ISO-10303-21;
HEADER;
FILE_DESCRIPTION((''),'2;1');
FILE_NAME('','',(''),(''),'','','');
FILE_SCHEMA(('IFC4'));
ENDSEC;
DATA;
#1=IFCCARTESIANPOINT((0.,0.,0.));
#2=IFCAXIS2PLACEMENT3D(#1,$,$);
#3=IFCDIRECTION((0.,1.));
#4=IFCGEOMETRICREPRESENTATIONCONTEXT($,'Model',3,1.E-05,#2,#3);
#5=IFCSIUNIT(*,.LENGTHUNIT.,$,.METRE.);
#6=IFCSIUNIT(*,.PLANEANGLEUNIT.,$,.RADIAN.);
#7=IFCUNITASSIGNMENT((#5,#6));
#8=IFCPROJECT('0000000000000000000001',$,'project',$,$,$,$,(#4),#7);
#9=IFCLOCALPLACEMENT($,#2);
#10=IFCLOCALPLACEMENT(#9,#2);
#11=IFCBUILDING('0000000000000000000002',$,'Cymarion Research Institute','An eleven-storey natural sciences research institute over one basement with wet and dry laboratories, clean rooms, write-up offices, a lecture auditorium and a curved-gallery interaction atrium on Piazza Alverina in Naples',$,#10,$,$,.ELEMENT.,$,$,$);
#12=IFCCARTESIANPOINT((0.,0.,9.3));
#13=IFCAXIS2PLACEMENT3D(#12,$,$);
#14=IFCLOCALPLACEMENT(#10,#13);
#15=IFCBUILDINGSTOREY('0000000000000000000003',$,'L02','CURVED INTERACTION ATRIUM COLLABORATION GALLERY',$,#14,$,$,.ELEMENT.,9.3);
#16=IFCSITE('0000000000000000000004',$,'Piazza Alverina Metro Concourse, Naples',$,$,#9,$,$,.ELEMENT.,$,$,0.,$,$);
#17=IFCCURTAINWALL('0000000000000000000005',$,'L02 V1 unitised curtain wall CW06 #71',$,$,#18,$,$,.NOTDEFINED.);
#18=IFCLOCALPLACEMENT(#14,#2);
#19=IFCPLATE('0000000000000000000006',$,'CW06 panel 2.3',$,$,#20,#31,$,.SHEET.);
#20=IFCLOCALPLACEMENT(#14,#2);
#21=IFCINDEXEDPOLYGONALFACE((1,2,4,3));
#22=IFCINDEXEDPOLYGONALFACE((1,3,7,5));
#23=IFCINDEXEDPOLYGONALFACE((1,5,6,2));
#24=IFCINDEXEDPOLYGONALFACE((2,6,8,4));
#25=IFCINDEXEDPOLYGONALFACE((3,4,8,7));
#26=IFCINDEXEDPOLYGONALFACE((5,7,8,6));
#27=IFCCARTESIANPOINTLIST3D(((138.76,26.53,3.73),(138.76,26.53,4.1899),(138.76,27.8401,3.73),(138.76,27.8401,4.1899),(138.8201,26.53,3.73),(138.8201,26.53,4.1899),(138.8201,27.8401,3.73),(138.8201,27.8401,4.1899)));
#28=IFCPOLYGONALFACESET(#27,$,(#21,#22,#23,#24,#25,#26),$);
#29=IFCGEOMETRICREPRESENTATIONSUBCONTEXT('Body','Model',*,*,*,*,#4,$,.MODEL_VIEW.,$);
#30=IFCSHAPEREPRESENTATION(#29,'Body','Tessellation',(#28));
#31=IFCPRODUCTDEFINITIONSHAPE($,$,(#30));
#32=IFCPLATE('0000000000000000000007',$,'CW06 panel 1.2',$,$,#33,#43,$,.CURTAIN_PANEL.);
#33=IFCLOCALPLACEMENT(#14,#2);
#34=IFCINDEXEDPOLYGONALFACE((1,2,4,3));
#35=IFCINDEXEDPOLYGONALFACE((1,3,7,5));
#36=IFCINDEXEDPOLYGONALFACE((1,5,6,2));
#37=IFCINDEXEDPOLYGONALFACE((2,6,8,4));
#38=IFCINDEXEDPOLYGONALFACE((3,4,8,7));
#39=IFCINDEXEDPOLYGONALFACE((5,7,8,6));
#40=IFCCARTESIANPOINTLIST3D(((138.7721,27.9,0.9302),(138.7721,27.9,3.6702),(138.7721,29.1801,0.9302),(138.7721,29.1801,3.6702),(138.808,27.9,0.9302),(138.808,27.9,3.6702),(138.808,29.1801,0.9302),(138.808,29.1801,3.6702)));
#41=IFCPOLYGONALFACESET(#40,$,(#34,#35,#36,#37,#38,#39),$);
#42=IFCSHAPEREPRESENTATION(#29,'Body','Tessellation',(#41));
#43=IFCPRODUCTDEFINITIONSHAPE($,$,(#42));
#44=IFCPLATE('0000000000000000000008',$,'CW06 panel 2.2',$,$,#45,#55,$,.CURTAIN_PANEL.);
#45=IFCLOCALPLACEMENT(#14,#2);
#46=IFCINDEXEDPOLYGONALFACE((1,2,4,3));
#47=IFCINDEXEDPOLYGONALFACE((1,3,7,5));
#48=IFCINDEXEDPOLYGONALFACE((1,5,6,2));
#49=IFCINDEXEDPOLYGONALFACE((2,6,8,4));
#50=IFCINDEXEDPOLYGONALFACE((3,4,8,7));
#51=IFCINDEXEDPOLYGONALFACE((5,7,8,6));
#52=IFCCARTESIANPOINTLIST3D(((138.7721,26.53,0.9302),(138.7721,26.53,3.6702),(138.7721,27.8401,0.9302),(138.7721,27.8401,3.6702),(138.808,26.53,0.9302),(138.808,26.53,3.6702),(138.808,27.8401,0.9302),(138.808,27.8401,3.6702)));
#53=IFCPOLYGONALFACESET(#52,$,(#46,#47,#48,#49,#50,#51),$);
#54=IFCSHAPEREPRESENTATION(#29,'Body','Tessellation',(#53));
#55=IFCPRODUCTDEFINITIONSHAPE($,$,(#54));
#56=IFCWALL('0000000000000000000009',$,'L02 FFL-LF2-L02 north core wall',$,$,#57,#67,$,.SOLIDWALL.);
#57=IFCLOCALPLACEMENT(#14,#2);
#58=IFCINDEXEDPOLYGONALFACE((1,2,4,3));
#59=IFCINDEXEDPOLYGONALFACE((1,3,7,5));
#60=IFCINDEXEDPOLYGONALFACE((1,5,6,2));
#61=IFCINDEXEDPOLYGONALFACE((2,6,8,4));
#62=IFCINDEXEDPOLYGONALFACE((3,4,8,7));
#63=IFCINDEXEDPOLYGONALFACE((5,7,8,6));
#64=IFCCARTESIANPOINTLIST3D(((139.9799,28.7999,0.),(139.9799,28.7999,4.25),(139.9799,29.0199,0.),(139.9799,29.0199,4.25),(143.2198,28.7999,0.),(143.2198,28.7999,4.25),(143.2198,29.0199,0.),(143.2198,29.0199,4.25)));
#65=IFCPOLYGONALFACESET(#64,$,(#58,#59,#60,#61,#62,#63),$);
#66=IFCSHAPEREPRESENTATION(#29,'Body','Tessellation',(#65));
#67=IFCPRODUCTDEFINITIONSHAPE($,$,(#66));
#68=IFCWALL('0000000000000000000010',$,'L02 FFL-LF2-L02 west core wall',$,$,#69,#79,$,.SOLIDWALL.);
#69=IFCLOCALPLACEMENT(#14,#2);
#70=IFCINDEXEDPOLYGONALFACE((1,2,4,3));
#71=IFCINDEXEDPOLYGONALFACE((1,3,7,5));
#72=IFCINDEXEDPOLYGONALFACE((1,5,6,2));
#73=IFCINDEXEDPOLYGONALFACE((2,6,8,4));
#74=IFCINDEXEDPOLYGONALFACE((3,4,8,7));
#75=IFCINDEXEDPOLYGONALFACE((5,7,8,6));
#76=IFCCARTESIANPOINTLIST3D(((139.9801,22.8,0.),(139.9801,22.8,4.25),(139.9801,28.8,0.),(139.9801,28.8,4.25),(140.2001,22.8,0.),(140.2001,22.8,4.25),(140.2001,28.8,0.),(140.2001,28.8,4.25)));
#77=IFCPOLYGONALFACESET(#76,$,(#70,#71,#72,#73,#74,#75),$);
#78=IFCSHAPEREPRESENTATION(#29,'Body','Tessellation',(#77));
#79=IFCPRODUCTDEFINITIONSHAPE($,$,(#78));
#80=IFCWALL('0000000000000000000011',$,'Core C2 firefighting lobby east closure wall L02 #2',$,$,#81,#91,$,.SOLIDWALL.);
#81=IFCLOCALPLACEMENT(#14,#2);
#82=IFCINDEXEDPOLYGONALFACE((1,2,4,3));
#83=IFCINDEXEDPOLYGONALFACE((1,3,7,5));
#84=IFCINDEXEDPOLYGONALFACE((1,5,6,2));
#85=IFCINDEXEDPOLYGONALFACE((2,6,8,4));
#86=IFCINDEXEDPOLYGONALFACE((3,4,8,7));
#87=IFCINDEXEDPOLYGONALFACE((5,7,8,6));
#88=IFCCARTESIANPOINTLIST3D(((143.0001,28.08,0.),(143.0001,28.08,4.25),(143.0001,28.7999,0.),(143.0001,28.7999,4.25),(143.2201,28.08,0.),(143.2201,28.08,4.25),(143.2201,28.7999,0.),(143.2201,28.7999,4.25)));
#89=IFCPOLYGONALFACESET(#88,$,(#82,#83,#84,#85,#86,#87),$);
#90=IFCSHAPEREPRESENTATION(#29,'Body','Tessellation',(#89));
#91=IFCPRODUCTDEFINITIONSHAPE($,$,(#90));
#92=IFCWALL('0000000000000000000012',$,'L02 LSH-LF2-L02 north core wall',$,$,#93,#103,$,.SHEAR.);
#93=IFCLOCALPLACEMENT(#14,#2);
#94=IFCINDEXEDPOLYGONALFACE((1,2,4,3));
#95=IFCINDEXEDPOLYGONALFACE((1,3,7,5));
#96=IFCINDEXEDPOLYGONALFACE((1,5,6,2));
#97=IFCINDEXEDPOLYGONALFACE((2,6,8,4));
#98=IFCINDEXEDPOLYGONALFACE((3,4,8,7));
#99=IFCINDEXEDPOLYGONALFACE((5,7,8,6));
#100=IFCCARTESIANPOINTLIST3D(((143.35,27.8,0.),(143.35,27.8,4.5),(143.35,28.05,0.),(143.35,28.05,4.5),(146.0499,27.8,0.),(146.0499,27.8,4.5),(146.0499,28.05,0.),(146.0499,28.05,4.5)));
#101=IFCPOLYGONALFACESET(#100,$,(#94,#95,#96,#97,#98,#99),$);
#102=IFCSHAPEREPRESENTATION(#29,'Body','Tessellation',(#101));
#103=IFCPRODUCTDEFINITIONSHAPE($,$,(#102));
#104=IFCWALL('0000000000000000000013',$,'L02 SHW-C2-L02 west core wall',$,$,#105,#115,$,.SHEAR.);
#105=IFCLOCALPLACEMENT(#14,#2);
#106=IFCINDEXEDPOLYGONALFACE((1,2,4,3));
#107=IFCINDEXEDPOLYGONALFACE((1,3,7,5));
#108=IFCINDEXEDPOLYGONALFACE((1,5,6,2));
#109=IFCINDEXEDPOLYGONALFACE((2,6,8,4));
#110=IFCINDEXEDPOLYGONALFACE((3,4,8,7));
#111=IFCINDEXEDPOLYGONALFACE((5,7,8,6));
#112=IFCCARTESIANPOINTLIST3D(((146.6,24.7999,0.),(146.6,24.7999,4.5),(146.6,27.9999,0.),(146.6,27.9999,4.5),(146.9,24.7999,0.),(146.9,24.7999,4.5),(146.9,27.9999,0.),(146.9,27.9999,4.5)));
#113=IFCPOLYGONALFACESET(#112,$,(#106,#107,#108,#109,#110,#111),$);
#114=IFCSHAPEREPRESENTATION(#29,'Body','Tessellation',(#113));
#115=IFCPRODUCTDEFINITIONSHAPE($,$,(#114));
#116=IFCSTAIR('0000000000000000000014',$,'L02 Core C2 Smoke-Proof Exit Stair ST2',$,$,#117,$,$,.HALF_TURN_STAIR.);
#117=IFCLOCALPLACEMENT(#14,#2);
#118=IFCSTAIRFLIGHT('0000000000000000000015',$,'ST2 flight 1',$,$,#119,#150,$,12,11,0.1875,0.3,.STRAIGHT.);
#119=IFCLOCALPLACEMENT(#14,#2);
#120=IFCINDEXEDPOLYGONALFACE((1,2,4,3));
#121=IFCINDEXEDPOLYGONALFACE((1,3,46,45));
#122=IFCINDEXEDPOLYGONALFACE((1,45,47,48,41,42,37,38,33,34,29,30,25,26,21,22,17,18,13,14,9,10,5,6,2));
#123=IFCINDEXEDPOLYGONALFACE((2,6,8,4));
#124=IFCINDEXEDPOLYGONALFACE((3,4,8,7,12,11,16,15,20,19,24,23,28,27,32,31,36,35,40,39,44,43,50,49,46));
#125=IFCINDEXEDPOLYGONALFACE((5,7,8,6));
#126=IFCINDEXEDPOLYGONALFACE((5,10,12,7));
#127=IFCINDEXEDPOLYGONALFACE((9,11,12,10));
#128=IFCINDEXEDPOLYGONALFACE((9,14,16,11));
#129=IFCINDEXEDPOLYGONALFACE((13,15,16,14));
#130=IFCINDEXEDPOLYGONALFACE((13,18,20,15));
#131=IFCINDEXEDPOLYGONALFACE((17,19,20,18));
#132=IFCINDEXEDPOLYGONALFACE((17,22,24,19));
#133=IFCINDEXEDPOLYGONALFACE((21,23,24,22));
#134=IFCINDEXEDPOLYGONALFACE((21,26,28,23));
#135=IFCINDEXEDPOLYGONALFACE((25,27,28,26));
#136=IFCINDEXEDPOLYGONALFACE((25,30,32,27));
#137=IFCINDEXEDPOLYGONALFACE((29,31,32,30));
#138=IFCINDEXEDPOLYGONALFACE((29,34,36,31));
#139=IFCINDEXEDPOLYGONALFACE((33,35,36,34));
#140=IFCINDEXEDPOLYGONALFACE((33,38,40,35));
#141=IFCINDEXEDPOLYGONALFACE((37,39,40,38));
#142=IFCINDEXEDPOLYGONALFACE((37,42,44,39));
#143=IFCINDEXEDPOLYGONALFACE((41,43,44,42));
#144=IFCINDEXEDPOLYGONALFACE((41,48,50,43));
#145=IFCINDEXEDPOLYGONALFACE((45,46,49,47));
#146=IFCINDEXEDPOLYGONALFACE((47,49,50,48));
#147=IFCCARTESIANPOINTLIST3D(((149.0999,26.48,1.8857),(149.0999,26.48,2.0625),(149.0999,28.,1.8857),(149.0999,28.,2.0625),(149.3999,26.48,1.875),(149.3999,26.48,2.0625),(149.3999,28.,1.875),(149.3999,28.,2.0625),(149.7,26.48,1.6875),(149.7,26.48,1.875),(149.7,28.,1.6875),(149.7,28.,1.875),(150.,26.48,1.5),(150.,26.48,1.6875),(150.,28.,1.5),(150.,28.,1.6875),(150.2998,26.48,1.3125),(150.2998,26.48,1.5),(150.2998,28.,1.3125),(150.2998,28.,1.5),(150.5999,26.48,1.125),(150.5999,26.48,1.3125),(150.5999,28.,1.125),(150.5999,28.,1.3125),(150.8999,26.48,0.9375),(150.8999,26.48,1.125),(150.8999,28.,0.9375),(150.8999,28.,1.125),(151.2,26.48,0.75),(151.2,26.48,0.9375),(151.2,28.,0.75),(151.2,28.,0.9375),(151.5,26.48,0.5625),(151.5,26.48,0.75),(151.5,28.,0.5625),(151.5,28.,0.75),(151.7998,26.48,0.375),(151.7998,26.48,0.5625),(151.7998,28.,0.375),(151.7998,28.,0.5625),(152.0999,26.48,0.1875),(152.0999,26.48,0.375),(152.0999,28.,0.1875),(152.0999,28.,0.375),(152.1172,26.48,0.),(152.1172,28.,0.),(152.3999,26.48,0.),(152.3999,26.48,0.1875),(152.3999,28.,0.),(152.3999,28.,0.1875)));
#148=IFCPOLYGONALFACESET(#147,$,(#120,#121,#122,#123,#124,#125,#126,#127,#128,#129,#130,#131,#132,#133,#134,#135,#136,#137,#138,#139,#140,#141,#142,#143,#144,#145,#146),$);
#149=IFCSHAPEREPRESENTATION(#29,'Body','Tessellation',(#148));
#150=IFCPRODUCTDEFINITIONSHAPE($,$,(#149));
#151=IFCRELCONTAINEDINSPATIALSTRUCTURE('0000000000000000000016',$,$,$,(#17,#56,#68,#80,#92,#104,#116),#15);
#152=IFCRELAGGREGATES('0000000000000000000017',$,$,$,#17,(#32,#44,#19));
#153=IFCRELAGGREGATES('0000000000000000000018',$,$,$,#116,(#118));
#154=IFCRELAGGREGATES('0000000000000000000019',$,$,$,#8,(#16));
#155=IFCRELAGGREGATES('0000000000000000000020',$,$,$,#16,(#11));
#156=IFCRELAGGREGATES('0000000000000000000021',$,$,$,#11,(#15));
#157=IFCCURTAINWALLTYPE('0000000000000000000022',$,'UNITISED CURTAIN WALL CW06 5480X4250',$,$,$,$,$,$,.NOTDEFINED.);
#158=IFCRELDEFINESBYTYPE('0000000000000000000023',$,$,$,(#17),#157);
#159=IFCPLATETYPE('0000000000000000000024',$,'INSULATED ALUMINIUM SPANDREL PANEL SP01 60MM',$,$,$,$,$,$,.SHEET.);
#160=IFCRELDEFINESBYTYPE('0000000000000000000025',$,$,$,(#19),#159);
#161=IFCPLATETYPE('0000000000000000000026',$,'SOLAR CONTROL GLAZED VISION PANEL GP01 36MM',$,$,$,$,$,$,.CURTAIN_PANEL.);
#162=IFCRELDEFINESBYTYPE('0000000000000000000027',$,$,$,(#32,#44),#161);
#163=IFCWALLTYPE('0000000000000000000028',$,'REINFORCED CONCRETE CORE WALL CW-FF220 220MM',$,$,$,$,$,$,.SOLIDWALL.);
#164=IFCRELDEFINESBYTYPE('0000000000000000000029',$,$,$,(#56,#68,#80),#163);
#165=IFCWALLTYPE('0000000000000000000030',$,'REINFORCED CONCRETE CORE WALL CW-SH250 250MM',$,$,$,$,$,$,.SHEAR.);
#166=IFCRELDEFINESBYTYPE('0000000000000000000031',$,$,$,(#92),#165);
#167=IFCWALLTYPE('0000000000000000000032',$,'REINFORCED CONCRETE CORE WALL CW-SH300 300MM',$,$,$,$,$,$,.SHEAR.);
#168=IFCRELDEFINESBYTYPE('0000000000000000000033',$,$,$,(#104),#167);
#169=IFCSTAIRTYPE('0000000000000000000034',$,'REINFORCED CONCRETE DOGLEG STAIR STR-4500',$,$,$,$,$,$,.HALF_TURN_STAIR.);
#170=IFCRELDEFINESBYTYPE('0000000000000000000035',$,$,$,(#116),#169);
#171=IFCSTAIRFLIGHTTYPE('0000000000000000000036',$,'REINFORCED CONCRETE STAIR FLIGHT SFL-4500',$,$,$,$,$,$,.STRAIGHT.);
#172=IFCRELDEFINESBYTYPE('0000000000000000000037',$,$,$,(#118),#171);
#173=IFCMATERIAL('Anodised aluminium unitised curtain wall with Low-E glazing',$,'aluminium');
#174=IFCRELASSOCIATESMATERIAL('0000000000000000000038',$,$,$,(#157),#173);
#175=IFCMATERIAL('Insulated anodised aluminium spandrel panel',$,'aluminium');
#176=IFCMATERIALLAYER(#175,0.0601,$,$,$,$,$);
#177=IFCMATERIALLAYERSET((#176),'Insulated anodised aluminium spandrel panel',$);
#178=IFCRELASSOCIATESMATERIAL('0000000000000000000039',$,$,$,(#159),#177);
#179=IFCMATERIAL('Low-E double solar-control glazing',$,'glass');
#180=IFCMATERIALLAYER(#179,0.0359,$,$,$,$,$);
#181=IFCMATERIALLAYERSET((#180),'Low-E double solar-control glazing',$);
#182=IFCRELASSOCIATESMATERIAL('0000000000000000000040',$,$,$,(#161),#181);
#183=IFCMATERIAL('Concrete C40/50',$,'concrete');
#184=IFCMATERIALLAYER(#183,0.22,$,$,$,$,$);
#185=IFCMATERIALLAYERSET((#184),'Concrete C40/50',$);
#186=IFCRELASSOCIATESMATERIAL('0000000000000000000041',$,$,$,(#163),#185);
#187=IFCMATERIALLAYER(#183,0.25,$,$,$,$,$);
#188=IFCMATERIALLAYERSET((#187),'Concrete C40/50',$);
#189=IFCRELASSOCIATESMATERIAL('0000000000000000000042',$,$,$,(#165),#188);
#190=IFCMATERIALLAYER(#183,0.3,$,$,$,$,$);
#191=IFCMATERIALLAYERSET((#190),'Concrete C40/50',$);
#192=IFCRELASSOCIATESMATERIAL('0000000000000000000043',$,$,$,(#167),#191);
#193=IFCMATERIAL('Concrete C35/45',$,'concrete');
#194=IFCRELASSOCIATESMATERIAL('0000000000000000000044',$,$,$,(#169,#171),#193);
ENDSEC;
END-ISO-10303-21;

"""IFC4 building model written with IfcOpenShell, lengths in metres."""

from ifc_helpers import new_model, si_unit, direction, frame, frame_2d, origin, origin_2d, place, context, subcontext, project, spatial, polyline, rectangle, outline, extrude, material, layer, layer_set, type_object, element, aggregate, save


model = new_model("IFC4")

# Units and contexts
model_context = context("Model", 3, precision=1e-05, world=origin(), true_north=direction((0.0, 1.0)))
body_context = subcontext(model_context, "Body", "Model", "MODEL_VIEW")
ifc_project = project(units=[si_unit("LENGTHUNIT", "METRE"), si_unit("PLANEANGLEUNIT", "RADIAN")], contexts=[model_context])

# Site, building, storey
site_placement = place(None, origin())
site = spatial("IfcSite", under=ifc_project, at=site_placement, Name="Piazza Alverina Metro Concourse, Naples", CompositionType="ELEMENT", RefElevation=0.0)
building_placement = place(site_placement, origin())
building = spatial("IfcBuilding", under=site, at=building_placement, Name="Cymarion Research Institute", Description="An eleven-storey natural sciences research institute over one basement with wet and dry laboratories, clean rooms, write-up offices, a lecture auditorium and a curved-gallery interaction atrium on Piazza Alverina in Naples", CompositionType="ELEMENT")
storey_placement = place(building_placement, frame((0.0, 0.0, 9.3)))
storey = spatial("IfcBuildingStorey", under=building, at=storey_placement, Name="L02", Description="CURVED INTERACTION ATRIUM COLLABORATION GALLERY", CompositionType="ELEMENT", Elevation=9.3)

# Curtain wall, plates
ifc_material_1 = material(Name="Anodised aluminium unitised curtain wall with Low-E glazing", Category="aluminium")
curtain_wall_type = type_object("IfcCurtainWallType", Name="UNITISED CURTAIN WALL CW06 5480X4250", PredefinedType="NOTDEFINED", material=ifc_material_1)
curtain_wall_placement = place(storey_placement, origin())
curtain_wall = element("IfcCurtainWall", 1, at=curtain_wall_placement, inside=storey, type_object=curtain_wall_type, Name="L02 V1 unitised curtain wall CW06 #71", PredefinedType="NOTDEFINED")
ifc_material_2 = material(Name="Insulated anodised aluminium spandrel panel", Category="aluminium")
ifc_layer_1 = layer(ifc_material_2, 0.0601)
ifc_layer_set_1 = layer_set([ifc_layer_1], Name="Insulated anodised aluminium spandrel panel")
plate_type_1 = type_object("IfcPlateType", Name="INSULATED ALUMINIUM SPANDREL PANEL SP01 60MM", PredefinedType="SHEET", material=ifc_layer_set_1)
plate_1_placement = place(storey_placement, frame((138.79, 27.1851, 3.73), z_axis=(0.0, 0.0, 1.0), x_axis=(0.0, -1.0, 0.0)))
plate_1 = element("IfcPlate", 2, at=plate_1_placement, type_object=plate_type_1, Name="CW06 panel 2.3", PredefinedType="SHEET", context=body_context, shape_type="SweptSolid", body=[
    extrude(rectangle(XDim=1.3101, YDim=0.0601, at=origin_2d()), origin(), (0.0, 0.0, 1.0), 0.46),
])
ifc_material_3 = material(Name="Low-E double solar-control glazing", Category="glass")
ifc_layer_2 = layer(ifc_material_3, 0.0359)
ifc_layer_set_2 = layer_set([ifc_layer_2], Name="Low-E double solar-control glazing")
plate_type_2 = type_object("IfcPlateType", Name="SOLAR CONTROL GLAZED VISION PANEL GP01 36MM", PredefinedType="CURTAIN_PANEL", material=ifc_layer_set_2)
plate_2_placement = place(storey_placement, frame((138.79, 28.54, 0.9302), z_axis=(0.0, 0.0, 1.0), x_axis=(0.0, -1.0, 0.0)))
plate_2 = element("IfcPlate", 3, at=plate_2_placement, type_object=plate_type_2, Name="CW06 panel 1.2", PredefinedType="CURTAIN_PANEL", context=body_context, shape_type="SweptSolid", body=[
    extrude(rectangle(XDim=1.28, YDim=0.0359, at=origin_2d()), origin(), (0.0, 0.0, 1.0), 2.74),
])
plate_3_placement = place(storey_placement, frame((138.79, 27.1851, 0.9302), z_axis=(0.0, 0.0, 1.0), x_axis=(0.0, -1.0, 0.0)))
plate_3 = element("IfcPlate", 4, at=plate_3_placement, type_object=plate_type_2, Name="CW06 panel 2.2", PredefinedType="CURTAIN_PANEL", context=body_context, shape_type="SweptSolid", body=[
    extrude(rectangle(XDim=1.3101, YDim=0.0359, at=origin_2d()), origin(), (0.0, 0.0, 1.0), 2.74),
])
aggregate(curtain_wall, [plate_2, plate_3, plate_1])

# Walls
ifc_material_4 = material(Name="Concrete C40/50", Category="concrete")
ifc_layer_3 = layer(ifc_material_4, 0.22)
ifc_layer_set_3 = layer_set([ifc_layer_3], Name="Concrete C40/50")
wall_type_1 = type_object("IfcWallType", Name="REINFORCED CONCRETE CORE WALL CW-FF220 220MM", PredefinedType="SOLIDWALL", material=ifc_layer_set_3)
wall_1_placement = place(storey_placement, frame((143.22, 28.9099, 0.0), z_axis=(0.0, 0.0, 1.0), x_axis=(-1.0, 0.0, 0.0)))
element("IfcWall", 5, at=wall_1_placement, inside=storey, type_object=wall_type_1, Name="L02 FFL-LF2-L02 north core wall", PredefinedType="SOLIDWALL", context=body_context, shape_type="SweptSolid", body=[
    extrude(rectangle(XDim=3.24, YDim=0.22, at=frame_2d((1.6201, 0.0))), origin(), (0.0, 0.0, 1.0), 4.25),
])
wall_2_placement = place(storey_placement, frame((140.0901, 28.8, 0.0), z_axis=(0.0, 0.0, 1.0), x_axis=(0.0, -1.0, 0.0)))
element("IfcWall", 6, at=wall_2_placement, inside=storey, type_object=wall_type_1, Name="L02 FFL-LF2-L02 west core wall", PredefinedType="SOLIDWALL", context=body_context, shape_type="SweptSolid", body=[
    extrude(rectangle(XDim=6.0, YDim=0.22, at=frame_2d((3.0, 0.0))), origin(), (0.0, 0.0, 1.0), 4.25),
])
wall_3_placement = place(storey_placement, frame((143.1101, 28.0801, 0.0), z_axis=(0.0, 0.0, 1.0), x_axis=(0.0, 1.0, 0.0)))
element("IfcWall", 7, at=wall_3_placement, inside=storey, type_object=wall_type_1, Name="Core C2 firefighting lobby east closure wall L02 #2", PredefinedType="SOLIDWALL", context=body_context, shape_type="SweptSolid", body=[
    extrude(rectangle(XDim=0.72, YDim=0.22, at=frame_2d((0.3599, 0.0))), origin(), (0.0, 0.0, 1.0), 4.25),
])
ifc_layer_4 = layer(ifc_material_4, 0.25)
ifc_layer_set_4 = layer_set([ifc_layer_4], Name="Concrete C40/50")
wall_type_2 = type_object("IfcWallType", Name="REINFORCED CONCRETE CORE WALL CW-SH250 250MM", PredefinedType="SHEAR", material=ifc_layer_set_4)
wall_4_placement = place(storey_placement, frame((146.05, 27.925, 0.0), z_axis=(0.0, 0.0, 1.0), x_axis=(-1.0, 0.0, 0.0)))
element("IfcWall", 8, at=wall_4_placement, inside=storey, type_object=wall_type_2, Name="L02 LSH-LF2-L02 north core wall", PredefinedType="SHEAR", context=body_context, shape_type="SweptSolid", body=[
    extrude(rectangle(XDim=2.7, YDim=0.25, at=frame_2d((1.3501, 0.0))), origin(), (0.0, 0.0, 1.0), 4.5),
])

# Wall
ifc_layer_5 = layer(ifc_material_4, 0.3)
ifc_layer_set_5 = layer_set([ifc_layer_5], Name="Concrete C40/50")
wall_type_3 = type_object("IfcWallType", Name="REINFORCED CONCRETE CORE WALL CW-SH300 300MM", PredefinedType="SHEAR", material=ifc_layer_set_5)
wall_5_placement = place(storey_placement, frame((146.75, 28.0, 0.0), z_axis=(0.0, 0.0, 1.0), x_axis=(0.0, -1.0, 0.0)))
element("IfcWall", 9, at=wall_5_placement, inside=storey, type_object=wall_type_3, Name="L02 SHW-C2-L02 west core wall", PredefinedType="SHEAR", context=body_context, shape_type="SweptSolid", body=[
    extrude(rectangle(XDim=3.2, YDim=0.3, at=frame_2d((1.6001, 0.0))), origin(), (0.0, 0.0, 1.0), 4.5),
])

# Stair, stair flight
ifc_material_5 = material(Name="Concrete C35/45", Category="concrete")
stair_type = type_object("IfcStairType", Name="REINFORCED CONCRETE DOGLEG STAIR STR-4500", PredefinedType="HALF_TURN_STAIR", material=ifc_material_5)
stair_placement = place(storey_placement, origin())
stair = element("IfcStair", 10, at=stair_placement, inside=storey, type_object=stair_type, Name="L02 Core C2 Smoke-Proof Exit Stair ST2", PredefinedType="HALF_TURN_STAIR")
stair_flight_type = type_object("IfcStairFlightType", Name="REINFORCED CONCRETE STAIR FLIGHT SFL-4500", PredefinedType="STRAIGHT", material=ifc_material_5)
stair_flight_placement = place(storey_placement, frame((152.3999, 27.24, 0.0), z_axis=(0.0, 0.0, 1.0), x_axis=(-1.0, 0.0, 0.0)))
stair_flight = element("IfcStairFlight", 11, at=stair_flight_placement, type_object=stair_flight_type, Name="ST2 flight 1", NumberOfRisers=12, NumberOfTreads=11, PredefinedType="STRAIGHT", RiserHeight=0.1875, TreadLength=0.3, context=body_context, shape_type="SweptSolid", body=[
    extrude(outline(polyline([(0.0, 0.0), (0.0, 0.1875), (0.3, 0.1875), (0.3, 0.375), (0.6001, 0.375), (0.6001, 0.5625), (0.8999, 0.5625), (0.8999, 0.75), (1.2, 0.75), (1.2, 0.9375), (1.5, 0.9375), (1.5, 1.125), (1.8, 1.125), (1.8, 1.3125), (2.1001, 1.3125), (2.1001, 1.5), (2.3999, 1.5), (2.3999, 1.6875), (2.7, 1.6875), (2.7, 1.875), (3.0, 1.875), (3.0, 2.0625), (3.3, 2.0625), (3.3, 2.25), (3.3, 1.8857), (0.2827, 0.0), (0.0, 0.0)])), frame((0.0, 0.76, 0.0), z_axis=(0.0, -1.0, 0.0), x_axis=(1.0, 0.0, 0.0)), (0.0, 0.0, 1.0), 1.52),
])
aggregate(stair, [stair_flight])

save(model, "model.ifc")
